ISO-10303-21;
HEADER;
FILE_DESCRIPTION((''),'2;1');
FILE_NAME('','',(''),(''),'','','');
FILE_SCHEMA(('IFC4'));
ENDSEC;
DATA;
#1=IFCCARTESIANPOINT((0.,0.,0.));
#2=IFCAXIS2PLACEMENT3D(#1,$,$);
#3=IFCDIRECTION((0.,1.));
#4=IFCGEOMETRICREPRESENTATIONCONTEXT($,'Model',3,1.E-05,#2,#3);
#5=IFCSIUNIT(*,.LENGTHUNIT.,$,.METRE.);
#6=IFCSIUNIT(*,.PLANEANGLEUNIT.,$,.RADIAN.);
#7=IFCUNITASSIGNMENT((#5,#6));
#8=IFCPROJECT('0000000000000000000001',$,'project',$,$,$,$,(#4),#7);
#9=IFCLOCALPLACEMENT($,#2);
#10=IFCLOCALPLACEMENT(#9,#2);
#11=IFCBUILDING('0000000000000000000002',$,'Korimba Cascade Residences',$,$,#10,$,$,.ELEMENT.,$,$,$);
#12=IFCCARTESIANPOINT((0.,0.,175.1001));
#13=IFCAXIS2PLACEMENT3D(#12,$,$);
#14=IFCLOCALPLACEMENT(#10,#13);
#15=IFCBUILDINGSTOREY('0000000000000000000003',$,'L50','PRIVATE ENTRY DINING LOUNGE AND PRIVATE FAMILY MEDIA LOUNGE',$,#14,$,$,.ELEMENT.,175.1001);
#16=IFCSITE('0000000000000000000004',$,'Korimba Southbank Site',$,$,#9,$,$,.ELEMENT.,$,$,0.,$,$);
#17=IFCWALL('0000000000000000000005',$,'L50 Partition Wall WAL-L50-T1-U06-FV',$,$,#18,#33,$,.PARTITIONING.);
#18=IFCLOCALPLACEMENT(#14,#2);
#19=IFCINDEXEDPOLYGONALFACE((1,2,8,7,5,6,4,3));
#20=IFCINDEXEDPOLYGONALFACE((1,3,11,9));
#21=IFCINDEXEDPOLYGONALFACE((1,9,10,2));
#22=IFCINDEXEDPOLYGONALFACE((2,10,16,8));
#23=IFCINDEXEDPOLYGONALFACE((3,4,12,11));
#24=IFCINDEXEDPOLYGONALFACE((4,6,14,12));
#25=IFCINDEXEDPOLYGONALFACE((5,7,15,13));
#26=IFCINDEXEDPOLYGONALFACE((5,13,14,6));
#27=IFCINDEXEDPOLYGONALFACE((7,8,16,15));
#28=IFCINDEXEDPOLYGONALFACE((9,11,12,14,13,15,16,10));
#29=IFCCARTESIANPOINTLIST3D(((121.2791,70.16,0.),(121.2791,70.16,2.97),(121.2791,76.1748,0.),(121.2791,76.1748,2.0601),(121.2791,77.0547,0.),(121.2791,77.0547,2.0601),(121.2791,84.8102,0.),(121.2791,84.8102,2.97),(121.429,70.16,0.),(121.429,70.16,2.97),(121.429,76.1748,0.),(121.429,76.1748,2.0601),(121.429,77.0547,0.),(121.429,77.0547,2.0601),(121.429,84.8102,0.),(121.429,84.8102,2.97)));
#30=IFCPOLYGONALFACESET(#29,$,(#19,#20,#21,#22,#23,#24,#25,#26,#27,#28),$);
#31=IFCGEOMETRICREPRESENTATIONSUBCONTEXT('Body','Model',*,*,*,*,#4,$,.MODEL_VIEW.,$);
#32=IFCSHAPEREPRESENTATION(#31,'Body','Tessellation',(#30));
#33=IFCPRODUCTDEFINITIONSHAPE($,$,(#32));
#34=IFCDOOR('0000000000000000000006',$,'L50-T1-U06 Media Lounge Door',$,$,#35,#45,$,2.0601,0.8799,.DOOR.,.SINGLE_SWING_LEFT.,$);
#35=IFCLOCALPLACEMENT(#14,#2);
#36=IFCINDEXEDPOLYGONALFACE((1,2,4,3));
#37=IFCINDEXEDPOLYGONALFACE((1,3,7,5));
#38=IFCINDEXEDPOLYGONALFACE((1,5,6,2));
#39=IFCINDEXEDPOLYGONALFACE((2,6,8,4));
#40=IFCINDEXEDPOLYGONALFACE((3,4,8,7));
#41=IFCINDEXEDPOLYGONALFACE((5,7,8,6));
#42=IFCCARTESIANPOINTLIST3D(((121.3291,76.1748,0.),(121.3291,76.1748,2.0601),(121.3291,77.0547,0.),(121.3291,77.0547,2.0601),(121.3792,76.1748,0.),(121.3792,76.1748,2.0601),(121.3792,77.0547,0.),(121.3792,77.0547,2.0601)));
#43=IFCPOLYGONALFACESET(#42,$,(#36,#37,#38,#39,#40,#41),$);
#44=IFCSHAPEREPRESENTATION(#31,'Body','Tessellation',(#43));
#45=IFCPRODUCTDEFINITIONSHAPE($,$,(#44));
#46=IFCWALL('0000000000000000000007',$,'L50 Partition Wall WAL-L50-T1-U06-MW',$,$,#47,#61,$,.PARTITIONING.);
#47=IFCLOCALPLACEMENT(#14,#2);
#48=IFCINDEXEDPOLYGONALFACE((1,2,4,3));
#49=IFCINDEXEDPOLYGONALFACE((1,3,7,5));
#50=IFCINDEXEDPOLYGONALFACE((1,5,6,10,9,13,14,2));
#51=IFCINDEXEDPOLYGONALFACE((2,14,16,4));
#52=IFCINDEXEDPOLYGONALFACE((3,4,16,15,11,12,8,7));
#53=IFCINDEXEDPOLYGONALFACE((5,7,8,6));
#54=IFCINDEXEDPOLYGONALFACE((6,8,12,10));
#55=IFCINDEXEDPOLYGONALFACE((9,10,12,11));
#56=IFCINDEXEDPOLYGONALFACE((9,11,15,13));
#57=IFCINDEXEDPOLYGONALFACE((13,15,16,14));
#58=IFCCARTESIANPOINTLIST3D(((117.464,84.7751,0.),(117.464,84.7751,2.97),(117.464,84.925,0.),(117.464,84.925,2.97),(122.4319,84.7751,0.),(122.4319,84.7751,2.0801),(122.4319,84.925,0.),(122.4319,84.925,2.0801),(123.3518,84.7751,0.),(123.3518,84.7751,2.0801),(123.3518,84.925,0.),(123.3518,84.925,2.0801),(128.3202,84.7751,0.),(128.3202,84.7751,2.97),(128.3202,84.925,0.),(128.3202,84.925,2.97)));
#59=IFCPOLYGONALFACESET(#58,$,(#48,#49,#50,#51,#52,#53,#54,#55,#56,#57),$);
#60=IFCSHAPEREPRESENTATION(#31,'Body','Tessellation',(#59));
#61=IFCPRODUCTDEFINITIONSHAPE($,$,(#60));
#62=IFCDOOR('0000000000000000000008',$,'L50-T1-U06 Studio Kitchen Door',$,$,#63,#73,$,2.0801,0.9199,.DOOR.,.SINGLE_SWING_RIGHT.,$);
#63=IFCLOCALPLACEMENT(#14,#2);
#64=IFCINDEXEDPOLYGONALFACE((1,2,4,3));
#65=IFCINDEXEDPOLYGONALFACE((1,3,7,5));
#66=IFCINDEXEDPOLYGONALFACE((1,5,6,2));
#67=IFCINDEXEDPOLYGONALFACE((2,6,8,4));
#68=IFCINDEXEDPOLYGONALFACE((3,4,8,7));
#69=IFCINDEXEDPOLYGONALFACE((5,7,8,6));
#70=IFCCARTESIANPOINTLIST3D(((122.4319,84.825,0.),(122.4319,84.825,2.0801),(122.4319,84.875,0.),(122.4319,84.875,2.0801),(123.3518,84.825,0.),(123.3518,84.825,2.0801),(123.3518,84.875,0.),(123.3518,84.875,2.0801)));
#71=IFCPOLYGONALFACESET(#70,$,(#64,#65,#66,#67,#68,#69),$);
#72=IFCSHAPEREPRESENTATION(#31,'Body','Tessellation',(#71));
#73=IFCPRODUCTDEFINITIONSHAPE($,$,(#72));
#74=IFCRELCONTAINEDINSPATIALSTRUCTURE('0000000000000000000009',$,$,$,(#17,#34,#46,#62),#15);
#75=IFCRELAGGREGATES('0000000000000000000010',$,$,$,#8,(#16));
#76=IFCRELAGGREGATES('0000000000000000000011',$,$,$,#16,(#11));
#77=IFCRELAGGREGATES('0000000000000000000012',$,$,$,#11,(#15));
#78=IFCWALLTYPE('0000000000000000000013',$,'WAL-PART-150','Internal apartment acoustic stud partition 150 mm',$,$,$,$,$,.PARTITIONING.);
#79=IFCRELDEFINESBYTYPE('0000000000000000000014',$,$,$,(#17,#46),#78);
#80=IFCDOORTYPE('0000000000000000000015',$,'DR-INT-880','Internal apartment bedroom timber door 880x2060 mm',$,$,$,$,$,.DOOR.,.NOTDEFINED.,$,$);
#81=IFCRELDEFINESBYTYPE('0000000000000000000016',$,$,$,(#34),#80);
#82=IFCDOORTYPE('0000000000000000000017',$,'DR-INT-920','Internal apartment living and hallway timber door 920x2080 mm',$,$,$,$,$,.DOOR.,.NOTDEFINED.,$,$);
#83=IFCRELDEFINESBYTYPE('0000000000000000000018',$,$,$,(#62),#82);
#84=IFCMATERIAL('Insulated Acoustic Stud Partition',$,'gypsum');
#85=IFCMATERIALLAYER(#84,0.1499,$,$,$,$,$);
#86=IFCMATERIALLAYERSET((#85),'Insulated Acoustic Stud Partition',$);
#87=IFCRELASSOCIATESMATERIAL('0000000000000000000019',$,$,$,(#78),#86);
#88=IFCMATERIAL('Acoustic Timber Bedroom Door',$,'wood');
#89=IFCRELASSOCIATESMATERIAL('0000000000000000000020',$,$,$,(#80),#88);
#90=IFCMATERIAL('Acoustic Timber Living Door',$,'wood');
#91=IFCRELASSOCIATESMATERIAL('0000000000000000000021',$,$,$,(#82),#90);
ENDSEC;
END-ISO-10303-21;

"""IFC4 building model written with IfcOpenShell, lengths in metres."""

from ifc_helpers import new_model, si_unit, direction, frame, frame_2d, origin, place, context, subcontext, project, spatial, rectangle, extrude, material, layer, layer_set, type_object, element, fill, save


model = new_model("IFC4")

# Units and contexts
model_context = context("Model", 3, precision=1e-05, world=origin(), true_north=direction((0.0, 1.0)))
body_context = subcontext(model_context, "Body", "Model", "MODEL_VIEW")
ifc_project = project(units=[si_unit("LENGTHUNIT", "METRE"), si_unit("PLANEANGLEUNIT", "RADIAN")], contexts=[model_context])

# Site, building, storey
site_placement = place(None, origin())
site = spatial("IfcSite", under=ifc_project, at=site_placement, Name="Korimba Southbank Site", CompositionType="ELEMENT", RefElevation=0.0)
building_placement = place(site_placement, origin())
building = spatial("IfcBuilding", under=site, at=building_placement, Name="Korimba Cascade Residences", CompositionType="ELEMENT")
storey_placement = place(building_placement, frame((0.0, 0.0, 175.1001)))
storey = spatial("IfcBuildingStorey", under=building, at=storey_placement, Name="L50", Description="PRIVATE ENTRY DINING LOUNGE AND PRIVATE FAMILY MEDIA LOUNGE", CompositionType="ELEMENT", Elevation=175.1001)

# Walls, openings, doors
ifc_material_1 = material(Name="Insulated Acoustic Stud Partition", Category="gypsum")
ifc_layer_1 = layer(ifc_material_1, 0.1499)
ifc_layer_set_1 = layer_set([ifc_layer_1], Name="Insulated Acoustic Stud Partition")
wall_type_1 = type_object("IfcWallType", Name="WAL-PART-150", Description="Internal apartment acoustic stud partition 150 mm", PredefinedType="PARTITIONING", material=ifc_layer_set_1)
ifc_material_2 = material(Name="Acoustic Timber Bedroom Door", Category="wood")
door_type_1 = type_object("IfcDoorType", Name="DR-INT-880", Description="Internal apartment bedroom timber door 880x2060 mm", OperationType="NOTDEFINED", PredefinedType="DOOR", material=ifc_material_2)
wall_1_placement = place(storey_placement, frame((121.354, 70.1599, 0.0), z_axis=(0.0, 0.0, 1.0), x_axis=(0.0, 1.0, 0.0)))
wall_1 = element("IfcWall", 1, at=wall_1_placement, inside=storey, type_object=wall_type_1, Name="L50 Partition Wall WAL-L50-T1-U06-FV", PredefinedType="PARTITIONING", context=body_context, shape_type="SweptSolid", body=[
    extrude(rectangle(XDim=14.6501, YDim=0.1499, at=frame_2d((7.3252, 0.0))), origin(), (0.0, 0.0, 1.0), 2.97),
])
opening_1_placement = place(wall_1_placement, frame((6.0149, 0.0, 0.0)))
opening_1 = element("IfcOpeningElement", 2, at=opening_1_placement, cuts=wall_1, PredefinedType="OPENING", context=body_context, shape_type="SweptSolid", body=[
    extrude(rectangle(XDim=0.8799, YDim=2.0601, at=frame_2d((0.4399, 1.03))), frame((0.0, 0.085, 0.0), z_axis=(0.0, -1.0, 0.0), x_axis=(1.0, 0.0, 0.0)), (0.0, 0.0, 1.0), 0.1699),
])
door_1_placement = place(opening_1_placement, origin())
door_1 = element("IfcDoor", 3, at=door_1_placement, inside=storey, type_object=door_type_1, Name="L50-T1-U06 Media Lounge Door", OperationType="SINGLE_SWING_LEFT", OverallHeight=2.0601, OverallWidth=0.8799, PredefinedType="DOOR", context=body_context, shape_type="SweptSolid", body=[
    extrude(rectangle(XDim=0.8799, YDim=2.0601, at=frame_2d((0.4399, 1.03))), frame((0.0, 0.0249, 0.0), z_axis=(0.0, -1.0, 0.0), x_axis=(1.0, 0.0, 0.0)), (0.0, 0.0, 1.0), 0.05),
])
fill(opening_1, door_1)
wall_2_placement = place(storey_placement, frame((117.4639, 84.8501, 0.0), z_axis=(0.0, 0.0, 1.0), x_axis=(1.0, 0.0, 0.0)))
wall_2 = element("IfcWall", 4, at=wall_2_placement, inside=storey, type_object=wall_type_1, Name="L50 Partition Wall WAL-L50-T1-U06-MW", PredefinedType="PARTITIONING", context=body_context, shape_type="SweptSolid", body=[
    extrude(rectangle(XDim=10.8562, YDim=0.1499, at=frame_2d((5.4282, 0.0))), origin(), (0.0, 0.0, 1.0), 2.97),
])
opening_2_placement = place(wall_2_placement, frame((4.968, 0.0, 0.0)))
opening_2 = element("IfcOpeningElement", 5, at=opening_2_placement, cuts=wall_2, PredefinedType="OPENING", context=body_context, shape_type="SweptSolid", body=[
    extrude(rectangle(XDim=0.9199, YDim=2.0801, at=frame_2d((0.46, 1.04))), frame((0.0, 0.085, 0.0), z_axis=(0.0, -1.0, 0.0), x_axis=(1.0, 0.0, 0.0)), (0.0, 0.0, 1.0), 0.1699),
])
ifc_material_3 = material(Name="Acoustic Timber Living Door", Category="wood")
door_type_2 = type_object("IfcDoorType", Name="DR-INT-920", Description="Internal apartment living and hallway timber door 920x2080 mm", OperationType="NOTDEFINED", PredefinedType="DOOR", material=ifc_material_3)
door_2_placement = place(opening_2_placement, origin())
door_2 = element("IfcDoor", 6, at=door_2_placement, inside=storey, type_object=door_type_2, Name="L50-T1-U06 Studio Kitchen Door", OperationType="SINGLE_SWING_RIGHT", OverallHeight=2.0801, OverallWidth=0.9199, PredefinedType="DOOR", context=body_context, shape_type="SweptSolid", body=[
    extrude(rectangle(XDim=0.9199, YDim=2.0801, at=frame_2d((0.46, 1.04))), frame((0.0, 0.0249, 0.0), z_axis=(0.0, -1.0, 0.0), x_axis=(1.0, 0.0, 0.0)), (0.0, 0.0, 1.0), 0.05),
])
fill(opening_2, door_2)

save(model, "model.ifc")
